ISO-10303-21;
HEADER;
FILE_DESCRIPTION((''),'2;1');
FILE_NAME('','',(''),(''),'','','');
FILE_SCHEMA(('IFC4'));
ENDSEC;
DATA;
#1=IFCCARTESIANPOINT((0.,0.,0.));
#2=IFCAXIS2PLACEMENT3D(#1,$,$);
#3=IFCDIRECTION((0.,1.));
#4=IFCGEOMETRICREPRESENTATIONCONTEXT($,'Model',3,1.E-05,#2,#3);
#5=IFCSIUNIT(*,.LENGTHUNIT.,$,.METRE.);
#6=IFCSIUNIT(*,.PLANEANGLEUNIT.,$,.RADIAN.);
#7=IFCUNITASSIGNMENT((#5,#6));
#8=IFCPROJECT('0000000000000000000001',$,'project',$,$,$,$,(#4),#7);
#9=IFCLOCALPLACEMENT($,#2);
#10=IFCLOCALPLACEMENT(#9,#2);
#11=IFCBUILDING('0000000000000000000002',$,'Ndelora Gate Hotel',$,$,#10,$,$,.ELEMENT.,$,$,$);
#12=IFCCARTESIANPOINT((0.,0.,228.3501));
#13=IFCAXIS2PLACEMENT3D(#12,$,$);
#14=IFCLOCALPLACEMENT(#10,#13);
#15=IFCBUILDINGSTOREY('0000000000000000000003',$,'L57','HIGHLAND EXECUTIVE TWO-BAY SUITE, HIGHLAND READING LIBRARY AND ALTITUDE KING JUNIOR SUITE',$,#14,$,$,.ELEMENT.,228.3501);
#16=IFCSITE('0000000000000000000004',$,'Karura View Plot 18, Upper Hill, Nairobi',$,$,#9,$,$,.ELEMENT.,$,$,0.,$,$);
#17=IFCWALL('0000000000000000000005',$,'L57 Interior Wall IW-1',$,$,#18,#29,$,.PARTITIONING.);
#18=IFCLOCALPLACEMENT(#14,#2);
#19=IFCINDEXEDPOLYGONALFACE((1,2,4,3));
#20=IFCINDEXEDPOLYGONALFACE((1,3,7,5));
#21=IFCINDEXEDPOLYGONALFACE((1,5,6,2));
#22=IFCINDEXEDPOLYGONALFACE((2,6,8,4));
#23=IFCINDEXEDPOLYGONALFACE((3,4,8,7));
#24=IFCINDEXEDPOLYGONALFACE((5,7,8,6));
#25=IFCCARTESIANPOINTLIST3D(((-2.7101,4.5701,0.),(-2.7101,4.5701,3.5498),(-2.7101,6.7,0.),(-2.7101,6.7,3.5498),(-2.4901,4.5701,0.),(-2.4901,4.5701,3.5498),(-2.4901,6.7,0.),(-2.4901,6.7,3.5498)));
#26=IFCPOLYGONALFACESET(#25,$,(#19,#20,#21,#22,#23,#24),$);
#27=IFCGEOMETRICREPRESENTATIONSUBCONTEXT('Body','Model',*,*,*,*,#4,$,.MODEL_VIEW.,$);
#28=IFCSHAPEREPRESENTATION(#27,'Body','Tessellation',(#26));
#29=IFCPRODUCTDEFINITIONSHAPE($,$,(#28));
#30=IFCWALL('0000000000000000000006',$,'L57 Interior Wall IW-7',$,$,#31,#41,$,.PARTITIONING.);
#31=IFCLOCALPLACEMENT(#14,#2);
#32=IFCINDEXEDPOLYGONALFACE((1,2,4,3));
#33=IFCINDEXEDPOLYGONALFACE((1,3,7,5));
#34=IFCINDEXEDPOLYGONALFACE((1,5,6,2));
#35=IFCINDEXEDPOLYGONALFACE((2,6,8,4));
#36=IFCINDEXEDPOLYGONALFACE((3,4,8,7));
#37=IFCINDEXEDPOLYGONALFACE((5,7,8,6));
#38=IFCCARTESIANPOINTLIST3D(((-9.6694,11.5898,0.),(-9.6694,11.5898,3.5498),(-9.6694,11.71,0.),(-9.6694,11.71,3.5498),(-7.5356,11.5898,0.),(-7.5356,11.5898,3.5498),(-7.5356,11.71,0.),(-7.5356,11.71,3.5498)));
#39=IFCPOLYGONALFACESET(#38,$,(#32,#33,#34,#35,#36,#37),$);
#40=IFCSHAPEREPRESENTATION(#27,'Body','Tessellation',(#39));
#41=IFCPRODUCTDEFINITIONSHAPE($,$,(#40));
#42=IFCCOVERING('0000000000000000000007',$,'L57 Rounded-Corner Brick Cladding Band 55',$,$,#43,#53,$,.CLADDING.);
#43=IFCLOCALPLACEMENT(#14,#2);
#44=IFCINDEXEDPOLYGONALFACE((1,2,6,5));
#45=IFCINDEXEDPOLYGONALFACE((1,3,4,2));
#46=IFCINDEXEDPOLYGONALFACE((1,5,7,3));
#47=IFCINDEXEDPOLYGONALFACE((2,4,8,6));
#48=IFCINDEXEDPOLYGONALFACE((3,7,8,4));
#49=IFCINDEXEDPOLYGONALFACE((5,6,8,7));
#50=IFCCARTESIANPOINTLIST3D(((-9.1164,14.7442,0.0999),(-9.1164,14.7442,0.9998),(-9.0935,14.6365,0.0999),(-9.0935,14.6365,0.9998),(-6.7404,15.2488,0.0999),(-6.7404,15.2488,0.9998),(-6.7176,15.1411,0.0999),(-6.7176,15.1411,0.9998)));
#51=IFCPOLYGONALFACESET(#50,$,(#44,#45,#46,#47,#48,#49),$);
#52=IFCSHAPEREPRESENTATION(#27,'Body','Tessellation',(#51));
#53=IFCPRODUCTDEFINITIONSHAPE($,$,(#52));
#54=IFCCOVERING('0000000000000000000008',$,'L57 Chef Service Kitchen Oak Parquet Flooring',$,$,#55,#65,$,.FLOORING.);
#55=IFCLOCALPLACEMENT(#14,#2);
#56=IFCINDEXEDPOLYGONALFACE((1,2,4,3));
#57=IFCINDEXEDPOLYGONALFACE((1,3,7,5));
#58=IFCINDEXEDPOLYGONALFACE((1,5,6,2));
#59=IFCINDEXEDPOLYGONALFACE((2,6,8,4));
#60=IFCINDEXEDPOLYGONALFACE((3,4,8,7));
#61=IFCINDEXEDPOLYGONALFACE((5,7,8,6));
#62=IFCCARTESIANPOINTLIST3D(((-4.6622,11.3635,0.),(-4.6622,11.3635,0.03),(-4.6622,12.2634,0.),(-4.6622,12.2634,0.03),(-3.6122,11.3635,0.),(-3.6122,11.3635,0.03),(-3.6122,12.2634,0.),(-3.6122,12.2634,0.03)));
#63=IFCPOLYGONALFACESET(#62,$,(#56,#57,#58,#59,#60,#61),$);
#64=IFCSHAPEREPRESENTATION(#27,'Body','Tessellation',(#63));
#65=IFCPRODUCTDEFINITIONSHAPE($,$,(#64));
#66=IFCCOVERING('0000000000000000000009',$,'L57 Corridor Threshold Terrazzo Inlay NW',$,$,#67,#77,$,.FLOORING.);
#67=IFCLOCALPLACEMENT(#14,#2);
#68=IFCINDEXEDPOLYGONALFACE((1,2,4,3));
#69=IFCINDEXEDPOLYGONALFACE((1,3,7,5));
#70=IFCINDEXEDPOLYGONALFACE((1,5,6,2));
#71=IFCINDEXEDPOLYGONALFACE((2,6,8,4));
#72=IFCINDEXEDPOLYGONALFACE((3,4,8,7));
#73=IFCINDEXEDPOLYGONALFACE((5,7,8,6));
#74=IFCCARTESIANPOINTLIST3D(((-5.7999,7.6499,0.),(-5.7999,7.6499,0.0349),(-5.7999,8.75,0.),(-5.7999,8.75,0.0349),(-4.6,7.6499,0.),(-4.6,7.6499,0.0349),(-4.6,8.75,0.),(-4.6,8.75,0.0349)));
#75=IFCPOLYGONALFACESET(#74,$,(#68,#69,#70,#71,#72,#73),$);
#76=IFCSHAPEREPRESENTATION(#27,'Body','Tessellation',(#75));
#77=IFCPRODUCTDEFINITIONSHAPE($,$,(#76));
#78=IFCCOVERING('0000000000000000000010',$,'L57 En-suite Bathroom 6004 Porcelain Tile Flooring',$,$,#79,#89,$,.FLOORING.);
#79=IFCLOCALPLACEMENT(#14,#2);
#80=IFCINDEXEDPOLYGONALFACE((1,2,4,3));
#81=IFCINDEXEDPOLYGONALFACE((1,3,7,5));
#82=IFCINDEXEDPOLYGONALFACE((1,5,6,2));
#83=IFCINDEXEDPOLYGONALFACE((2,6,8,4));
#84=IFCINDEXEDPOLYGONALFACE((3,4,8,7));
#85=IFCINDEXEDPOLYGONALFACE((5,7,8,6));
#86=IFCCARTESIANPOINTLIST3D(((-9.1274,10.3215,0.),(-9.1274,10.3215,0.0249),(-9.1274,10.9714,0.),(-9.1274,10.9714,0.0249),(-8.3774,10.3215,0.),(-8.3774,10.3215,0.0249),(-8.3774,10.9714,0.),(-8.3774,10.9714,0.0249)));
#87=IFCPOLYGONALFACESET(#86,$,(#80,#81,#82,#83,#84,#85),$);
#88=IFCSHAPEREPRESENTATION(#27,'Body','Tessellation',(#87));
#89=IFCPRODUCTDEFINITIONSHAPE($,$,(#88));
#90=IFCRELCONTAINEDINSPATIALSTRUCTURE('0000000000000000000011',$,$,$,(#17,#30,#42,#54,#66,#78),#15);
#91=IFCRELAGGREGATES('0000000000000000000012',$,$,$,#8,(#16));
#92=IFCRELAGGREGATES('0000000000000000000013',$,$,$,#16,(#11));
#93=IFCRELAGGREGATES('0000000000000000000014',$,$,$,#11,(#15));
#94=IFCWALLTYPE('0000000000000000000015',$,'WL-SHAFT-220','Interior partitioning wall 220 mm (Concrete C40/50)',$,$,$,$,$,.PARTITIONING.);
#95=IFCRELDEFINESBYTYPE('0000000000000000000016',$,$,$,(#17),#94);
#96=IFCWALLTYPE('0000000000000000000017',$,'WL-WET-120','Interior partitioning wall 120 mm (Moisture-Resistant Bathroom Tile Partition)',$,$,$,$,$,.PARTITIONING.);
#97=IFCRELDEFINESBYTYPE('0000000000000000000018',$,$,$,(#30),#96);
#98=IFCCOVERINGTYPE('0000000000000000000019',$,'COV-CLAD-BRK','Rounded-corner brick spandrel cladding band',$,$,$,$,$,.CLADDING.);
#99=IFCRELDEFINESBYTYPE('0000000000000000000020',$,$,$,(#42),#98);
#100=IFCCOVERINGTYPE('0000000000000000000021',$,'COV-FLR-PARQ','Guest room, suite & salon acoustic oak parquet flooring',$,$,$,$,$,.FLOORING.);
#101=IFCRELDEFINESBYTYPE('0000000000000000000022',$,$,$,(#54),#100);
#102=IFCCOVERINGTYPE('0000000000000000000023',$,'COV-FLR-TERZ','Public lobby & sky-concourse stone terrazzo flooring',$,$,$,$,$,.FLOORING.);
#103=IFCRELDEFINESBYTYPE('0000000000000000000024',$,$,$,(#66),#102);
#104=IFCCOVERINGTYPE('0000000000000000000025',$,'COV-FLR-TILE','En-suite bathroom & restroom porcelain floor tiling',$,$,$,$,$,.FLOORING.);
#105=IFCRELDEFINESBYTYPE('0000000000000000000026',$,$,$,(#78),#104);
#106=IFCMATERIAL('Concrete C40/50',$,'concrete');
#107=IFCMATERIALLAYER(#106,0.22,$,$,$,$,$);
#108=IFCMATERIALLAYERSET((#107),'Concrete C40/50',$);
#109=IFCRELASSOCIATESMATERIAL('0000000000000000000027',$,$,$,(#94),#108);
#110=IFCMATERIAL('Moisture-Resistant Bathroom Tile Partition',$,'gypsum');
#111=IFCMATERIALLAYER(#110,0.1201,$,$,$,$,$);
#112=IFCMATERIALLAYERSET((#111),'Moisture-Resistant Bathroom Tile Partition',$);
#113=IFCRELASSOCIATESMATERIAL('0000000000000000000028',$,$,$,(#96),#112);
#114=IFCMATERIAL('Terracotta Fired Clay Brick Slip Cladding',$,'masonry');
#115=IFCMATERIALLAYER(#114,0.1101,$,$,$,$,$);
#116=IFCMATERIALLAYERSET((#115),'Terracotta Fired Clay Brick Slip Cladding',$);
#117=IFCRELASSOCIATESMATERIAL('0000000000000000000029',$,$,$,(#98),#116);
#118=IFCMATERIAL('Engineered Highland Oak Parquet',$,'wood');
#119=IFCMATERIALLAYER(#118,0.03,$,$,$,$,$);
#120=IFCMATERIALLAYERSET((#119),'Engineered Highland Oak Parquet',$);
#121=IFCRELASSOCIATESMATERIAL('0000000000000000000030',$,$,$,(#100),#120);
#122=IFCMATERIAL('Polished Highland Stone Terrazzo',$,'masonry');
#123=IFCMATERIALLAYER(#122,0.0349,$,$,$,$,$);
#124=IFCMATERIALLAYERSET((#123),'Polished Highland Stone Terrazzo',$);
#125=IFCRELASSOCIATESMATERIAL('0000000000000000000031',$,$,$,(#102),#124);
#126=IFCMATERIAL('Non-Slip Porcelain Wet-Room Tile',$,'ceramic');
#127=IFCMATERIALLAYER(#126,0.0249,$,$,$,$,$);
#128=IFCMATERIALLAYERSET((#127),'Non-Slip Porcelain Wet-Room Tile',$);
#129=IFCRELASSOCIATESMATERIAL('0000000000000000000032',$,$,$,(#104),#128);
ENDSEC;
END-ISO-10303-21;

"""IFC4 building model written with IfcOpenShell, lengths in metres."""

from ifc_helpers import new_model, si_unit, direction, frame, frame_2d, origin, origin_2d, place, context, subcontext, project, spatial, rectangle, extrude, material, layer, layer_set, type_object, element, save


model = new_model("IFC4")

# Units and contexts
model_context = context("Model", 3, precision=1e-05, world=origin(), true_north=direction((0.0, 1.0)))
body_context = subcontext(model_context, "Body", "Model", "MODEL_VIEW")
ifc_project = project(units=[si_unit("LENGTHUNIT", "METRE"), si_unit("PLANEANGLEUNIT", "RADIAN")], contexts=[model_context])

# Site, building, storey
site_placement = place(None, origin())
site = spatial("IfcSite", under=ifc_project, at=site_placement, Name="Karura View Plot 18, Upper Hill, Nairobi", CompositionType="ELEMENT", RefElevation=0.0)
building_placement = place(site_placement, origin())
building = spatial("IfcBuilding", under=site, at=building_placement, Name="Ndelora Gate Hotel", CompositionType="ELEMENT")
storey_placement = place(building_placement, frame((0.0, 0.0, 228.3501)))
storey = spatial("IfcBuildingStorey", under=building, at=storey_placement, Name="L57", Description="HIGHLAND EXECUTIVE TWO-BAY SUITE, HIGHLAND READING LIBRARY AND ALTITUDE KING JUNIOR SUITE", CompositionType="ELEMENT", Elevation=228.3501)

# Shared definitions
ifc_material_1 = material(Name="Concrete C40/50", Category="concrete")
ifc_layer_1 = layer(ifc_material_1, 0.22)
ifc_layer_set_1 = layer_set([ifc_layer_1], Name="Concrete C40/50")
wall_type_1 = type_object("IfcWallType", Name="WL-SHAFT-220", Description="Interior partitioning wall 220 mm (Concrete C40/50)", PredefinedType="PARTITIONING", material=ifc_layer_set_1)

# Wall
for number, where, z_axis, x_axis, name in (
    (1, (-2.6001, 4.5701, 0.0), (0.0, 0.0, 1.0), (0.0, 1.0, 0.0), "L57 Interior Wall IW-1"),
):
    element("IfcWall", number, at=place(storey_placement, frame(where, z_axis=z_axis, x_axis=x_axis)), inside=storey, type_object=wall_type_1, Name=name, PredefinedType="PARTITIONING", context=body_context, shape_type="SweptSolid", body=[
        extrude(rectangle(XDim=2.1299, YDim=0.22, at=frame_2d((1.0649, 0.0))), origin(), (0.0, 0.0, 1.0), 3.5498),
    ])

# Wall
ifc_material_2 = material(Name="Moisture-Resistant Bathroom Tile Partition", Category="gypsum")
ifc_layer_2 = layer(ifc_material_2, 0.1201)
ifc_layer_set_2 = layer_set([ifc_layer_2], Name="Moisture-Resistant Bathroom Tile Partition")
wall_type_2 = type_object("IfcWallType", Name="WL-WET-120", Description="Interior partitioning wall 120 mm (Moisture-Resistant Bathroom Tile Partition)", PredefinedType="PARTITIONING", material=ifc_layer_set_2)
wall_1_placement = place(storey_placement, frame((-7.5356, 11.6499, 0.0), z_axis=(0.0, 0.0, 1.0), x_axis=(-1.0, 0.0, 0.0)))
element("IfcWall", 2, at=wall_1_placement, inside=storey, type_object=wall_type_2, Name="L57 Interior Wall IW-7", PredefinedType="PARTITIONING", context=body_context, shape_type="SweptSolid", body=[
    extrude(rectangle(XDim=2.1338, YDim=0.1201, at=frame_2d((1.0669, 0.0))), origin(), (0.0, 0.0, 1.0), 3.5498),
])

# Coverings
ifc_material_3 = material(Name="Terracotta Fired Clay Brick Slip Cladding", Category="masonry")
ifc_layer_3 = layer(ifc_material_3, 0.1101)
ifc_layer_set_3 = layer_set([ifc_layer_3], Name="Terracotta Fired Clay Brick Slip Cladding")
covering_type_1 = type_object("IfcCoveringType", Name="COV-CLAD-BRK", Description="Rounded-corner brick spandrel cladding band", PredefinedType="CLADDING", material=ifc_layer_set_3)
covering_1_placement = place(storey_placement, frame((-7.917, 14.9426, 0.0999), z_axis=(0.0, 0.0, 1.0), x_axis=(0.978184, 0.207741, 0.0)))
element("IfcCovering", 3, at=covering_1_placement, inside=storey, type_object=covering_type_1, Name="L57 Rounded-Corner Brick Cladding Band 55", PredefinedType="CLADDING", context=body_context, shape_type="SweptSolid", body=[
    extrude(rectangle(XDim=2.429, YDim=0.1101, at=origin_2d()), origin(), (0.0, 0.0, 1.0), 0.8999),
])
ifc_material_4 = material(Name="Engineered Highland Oak Parquet", Category="wood")
ifc_layer_4 = layer(ifc_material_4, 0.03)
ifc_layer_set_4 = layer_set([ifc_layer_4], Name="Engineered Highland Oak Parquet")
covering_type_2 = type_object("IfcCoveringType", Name="COV-FLR-PARQ", Description="Guest room, suite & salon acoustic oak parquet flooring", PredefinedType="FLOORING", material=ifc_layer_set_4)
covering_2_placement = place(storey_placement, frame((-4.1372, 11.8135, 0.0), z_axis=(0.0, 0.0, 1.0), x_axis=(1.0, 0.0, 0.0)))
element("IfcCovering", 4, at=covering_2_placement, inside=storey, type_object=covering_type_2, Name="L57 Chef Service Kitchen Oak Parquet Flooring", PredefinedType="FLOORING", context=body_context, shape_type="SweptSolid", body=[
    extrude(rectangle(XDim=1.05, YDim=0.8999, at=origin_2d()), origin(), (0.0, 0.0, 1.0), 0.03),
])
ifc_material_5 = material(Name="Polished Highland Stone Terrazzo", Category="masonry")
ifc_layer_5 = layer(ifc_material_5, 0.0349)
ifc_layer_set_5 = layer_set([ifc_layer_5], Name="Polished Highland Stone Terrazzo")
covering_type_3 = type_object("IfcCoveringType", Name="COV-FLR-TERZ", Description="Public lobby & sky-concourse stone terrazzo flooring", PredefinedType="FLOORING", material=ifc_layer_set_5)
covering_3_placement = place(storey_placement, frame((-5.2, 8.2, 0.0), z_axis=(0.0, 0.0, 1.0), x_axis=(1.0, 0.0, 0.0)))
element("IfcCovering", 5, at=covering_3_placement, inside=storey, type_object=covering_type_3, Name="L57 Corridor Threshold Terrazzo Inlay NW", PredefinedType="FLOORING", context=body_context, shape_type="SweptSolid", body=[
    extrude(rectangle(XDim=1.2, YDim=1.1001, at=origin_2d()), origin(), (0.0, 0.0, 1.0), 0.0349),
])
ifc_material_6 = material(Name="Non-Slip Porcelain Wet-Room Tile", Category="ceramic")
ifc_layer_6 = layer(ifc_material_6, 0.0249)
ifc_layer_set_6 = layer_set([ifc_layer_6], Name="Non-Slip Porcelain Wet-Room Tile")
covering_type_4 = type_object("IfcCoveringType", Name="COV-FLR-TILE", Description="En-suite bathroom & restroom porcelain floor tiling", PredefinedType="FLOORING", material=ifc_layer_set_6)
covering_4_placement = place(storey_placement, frame((-8.7524, 10.6465, 0.0), z_axis=(0.0, 0.0, 1.0), x_axis=(1.0, 0.0, 0.0)))
element("IfcCovering", 6, at=covering_4_placement, inside=storey, type_object=covering_type_4, Name="L57 En-suite Bathroom 6004 Porcelain Tile Flooring", PredefinedType="FLOORING", context=body_context, shape_type="SweptSolid", body=[
    extrude(rectangle(XDim=0.75, YDim=0.6499, at=origin_2d()), origin(), (0.0, 0.0, 1.0), 0.0249),
])

save(model, "model.ifc")
